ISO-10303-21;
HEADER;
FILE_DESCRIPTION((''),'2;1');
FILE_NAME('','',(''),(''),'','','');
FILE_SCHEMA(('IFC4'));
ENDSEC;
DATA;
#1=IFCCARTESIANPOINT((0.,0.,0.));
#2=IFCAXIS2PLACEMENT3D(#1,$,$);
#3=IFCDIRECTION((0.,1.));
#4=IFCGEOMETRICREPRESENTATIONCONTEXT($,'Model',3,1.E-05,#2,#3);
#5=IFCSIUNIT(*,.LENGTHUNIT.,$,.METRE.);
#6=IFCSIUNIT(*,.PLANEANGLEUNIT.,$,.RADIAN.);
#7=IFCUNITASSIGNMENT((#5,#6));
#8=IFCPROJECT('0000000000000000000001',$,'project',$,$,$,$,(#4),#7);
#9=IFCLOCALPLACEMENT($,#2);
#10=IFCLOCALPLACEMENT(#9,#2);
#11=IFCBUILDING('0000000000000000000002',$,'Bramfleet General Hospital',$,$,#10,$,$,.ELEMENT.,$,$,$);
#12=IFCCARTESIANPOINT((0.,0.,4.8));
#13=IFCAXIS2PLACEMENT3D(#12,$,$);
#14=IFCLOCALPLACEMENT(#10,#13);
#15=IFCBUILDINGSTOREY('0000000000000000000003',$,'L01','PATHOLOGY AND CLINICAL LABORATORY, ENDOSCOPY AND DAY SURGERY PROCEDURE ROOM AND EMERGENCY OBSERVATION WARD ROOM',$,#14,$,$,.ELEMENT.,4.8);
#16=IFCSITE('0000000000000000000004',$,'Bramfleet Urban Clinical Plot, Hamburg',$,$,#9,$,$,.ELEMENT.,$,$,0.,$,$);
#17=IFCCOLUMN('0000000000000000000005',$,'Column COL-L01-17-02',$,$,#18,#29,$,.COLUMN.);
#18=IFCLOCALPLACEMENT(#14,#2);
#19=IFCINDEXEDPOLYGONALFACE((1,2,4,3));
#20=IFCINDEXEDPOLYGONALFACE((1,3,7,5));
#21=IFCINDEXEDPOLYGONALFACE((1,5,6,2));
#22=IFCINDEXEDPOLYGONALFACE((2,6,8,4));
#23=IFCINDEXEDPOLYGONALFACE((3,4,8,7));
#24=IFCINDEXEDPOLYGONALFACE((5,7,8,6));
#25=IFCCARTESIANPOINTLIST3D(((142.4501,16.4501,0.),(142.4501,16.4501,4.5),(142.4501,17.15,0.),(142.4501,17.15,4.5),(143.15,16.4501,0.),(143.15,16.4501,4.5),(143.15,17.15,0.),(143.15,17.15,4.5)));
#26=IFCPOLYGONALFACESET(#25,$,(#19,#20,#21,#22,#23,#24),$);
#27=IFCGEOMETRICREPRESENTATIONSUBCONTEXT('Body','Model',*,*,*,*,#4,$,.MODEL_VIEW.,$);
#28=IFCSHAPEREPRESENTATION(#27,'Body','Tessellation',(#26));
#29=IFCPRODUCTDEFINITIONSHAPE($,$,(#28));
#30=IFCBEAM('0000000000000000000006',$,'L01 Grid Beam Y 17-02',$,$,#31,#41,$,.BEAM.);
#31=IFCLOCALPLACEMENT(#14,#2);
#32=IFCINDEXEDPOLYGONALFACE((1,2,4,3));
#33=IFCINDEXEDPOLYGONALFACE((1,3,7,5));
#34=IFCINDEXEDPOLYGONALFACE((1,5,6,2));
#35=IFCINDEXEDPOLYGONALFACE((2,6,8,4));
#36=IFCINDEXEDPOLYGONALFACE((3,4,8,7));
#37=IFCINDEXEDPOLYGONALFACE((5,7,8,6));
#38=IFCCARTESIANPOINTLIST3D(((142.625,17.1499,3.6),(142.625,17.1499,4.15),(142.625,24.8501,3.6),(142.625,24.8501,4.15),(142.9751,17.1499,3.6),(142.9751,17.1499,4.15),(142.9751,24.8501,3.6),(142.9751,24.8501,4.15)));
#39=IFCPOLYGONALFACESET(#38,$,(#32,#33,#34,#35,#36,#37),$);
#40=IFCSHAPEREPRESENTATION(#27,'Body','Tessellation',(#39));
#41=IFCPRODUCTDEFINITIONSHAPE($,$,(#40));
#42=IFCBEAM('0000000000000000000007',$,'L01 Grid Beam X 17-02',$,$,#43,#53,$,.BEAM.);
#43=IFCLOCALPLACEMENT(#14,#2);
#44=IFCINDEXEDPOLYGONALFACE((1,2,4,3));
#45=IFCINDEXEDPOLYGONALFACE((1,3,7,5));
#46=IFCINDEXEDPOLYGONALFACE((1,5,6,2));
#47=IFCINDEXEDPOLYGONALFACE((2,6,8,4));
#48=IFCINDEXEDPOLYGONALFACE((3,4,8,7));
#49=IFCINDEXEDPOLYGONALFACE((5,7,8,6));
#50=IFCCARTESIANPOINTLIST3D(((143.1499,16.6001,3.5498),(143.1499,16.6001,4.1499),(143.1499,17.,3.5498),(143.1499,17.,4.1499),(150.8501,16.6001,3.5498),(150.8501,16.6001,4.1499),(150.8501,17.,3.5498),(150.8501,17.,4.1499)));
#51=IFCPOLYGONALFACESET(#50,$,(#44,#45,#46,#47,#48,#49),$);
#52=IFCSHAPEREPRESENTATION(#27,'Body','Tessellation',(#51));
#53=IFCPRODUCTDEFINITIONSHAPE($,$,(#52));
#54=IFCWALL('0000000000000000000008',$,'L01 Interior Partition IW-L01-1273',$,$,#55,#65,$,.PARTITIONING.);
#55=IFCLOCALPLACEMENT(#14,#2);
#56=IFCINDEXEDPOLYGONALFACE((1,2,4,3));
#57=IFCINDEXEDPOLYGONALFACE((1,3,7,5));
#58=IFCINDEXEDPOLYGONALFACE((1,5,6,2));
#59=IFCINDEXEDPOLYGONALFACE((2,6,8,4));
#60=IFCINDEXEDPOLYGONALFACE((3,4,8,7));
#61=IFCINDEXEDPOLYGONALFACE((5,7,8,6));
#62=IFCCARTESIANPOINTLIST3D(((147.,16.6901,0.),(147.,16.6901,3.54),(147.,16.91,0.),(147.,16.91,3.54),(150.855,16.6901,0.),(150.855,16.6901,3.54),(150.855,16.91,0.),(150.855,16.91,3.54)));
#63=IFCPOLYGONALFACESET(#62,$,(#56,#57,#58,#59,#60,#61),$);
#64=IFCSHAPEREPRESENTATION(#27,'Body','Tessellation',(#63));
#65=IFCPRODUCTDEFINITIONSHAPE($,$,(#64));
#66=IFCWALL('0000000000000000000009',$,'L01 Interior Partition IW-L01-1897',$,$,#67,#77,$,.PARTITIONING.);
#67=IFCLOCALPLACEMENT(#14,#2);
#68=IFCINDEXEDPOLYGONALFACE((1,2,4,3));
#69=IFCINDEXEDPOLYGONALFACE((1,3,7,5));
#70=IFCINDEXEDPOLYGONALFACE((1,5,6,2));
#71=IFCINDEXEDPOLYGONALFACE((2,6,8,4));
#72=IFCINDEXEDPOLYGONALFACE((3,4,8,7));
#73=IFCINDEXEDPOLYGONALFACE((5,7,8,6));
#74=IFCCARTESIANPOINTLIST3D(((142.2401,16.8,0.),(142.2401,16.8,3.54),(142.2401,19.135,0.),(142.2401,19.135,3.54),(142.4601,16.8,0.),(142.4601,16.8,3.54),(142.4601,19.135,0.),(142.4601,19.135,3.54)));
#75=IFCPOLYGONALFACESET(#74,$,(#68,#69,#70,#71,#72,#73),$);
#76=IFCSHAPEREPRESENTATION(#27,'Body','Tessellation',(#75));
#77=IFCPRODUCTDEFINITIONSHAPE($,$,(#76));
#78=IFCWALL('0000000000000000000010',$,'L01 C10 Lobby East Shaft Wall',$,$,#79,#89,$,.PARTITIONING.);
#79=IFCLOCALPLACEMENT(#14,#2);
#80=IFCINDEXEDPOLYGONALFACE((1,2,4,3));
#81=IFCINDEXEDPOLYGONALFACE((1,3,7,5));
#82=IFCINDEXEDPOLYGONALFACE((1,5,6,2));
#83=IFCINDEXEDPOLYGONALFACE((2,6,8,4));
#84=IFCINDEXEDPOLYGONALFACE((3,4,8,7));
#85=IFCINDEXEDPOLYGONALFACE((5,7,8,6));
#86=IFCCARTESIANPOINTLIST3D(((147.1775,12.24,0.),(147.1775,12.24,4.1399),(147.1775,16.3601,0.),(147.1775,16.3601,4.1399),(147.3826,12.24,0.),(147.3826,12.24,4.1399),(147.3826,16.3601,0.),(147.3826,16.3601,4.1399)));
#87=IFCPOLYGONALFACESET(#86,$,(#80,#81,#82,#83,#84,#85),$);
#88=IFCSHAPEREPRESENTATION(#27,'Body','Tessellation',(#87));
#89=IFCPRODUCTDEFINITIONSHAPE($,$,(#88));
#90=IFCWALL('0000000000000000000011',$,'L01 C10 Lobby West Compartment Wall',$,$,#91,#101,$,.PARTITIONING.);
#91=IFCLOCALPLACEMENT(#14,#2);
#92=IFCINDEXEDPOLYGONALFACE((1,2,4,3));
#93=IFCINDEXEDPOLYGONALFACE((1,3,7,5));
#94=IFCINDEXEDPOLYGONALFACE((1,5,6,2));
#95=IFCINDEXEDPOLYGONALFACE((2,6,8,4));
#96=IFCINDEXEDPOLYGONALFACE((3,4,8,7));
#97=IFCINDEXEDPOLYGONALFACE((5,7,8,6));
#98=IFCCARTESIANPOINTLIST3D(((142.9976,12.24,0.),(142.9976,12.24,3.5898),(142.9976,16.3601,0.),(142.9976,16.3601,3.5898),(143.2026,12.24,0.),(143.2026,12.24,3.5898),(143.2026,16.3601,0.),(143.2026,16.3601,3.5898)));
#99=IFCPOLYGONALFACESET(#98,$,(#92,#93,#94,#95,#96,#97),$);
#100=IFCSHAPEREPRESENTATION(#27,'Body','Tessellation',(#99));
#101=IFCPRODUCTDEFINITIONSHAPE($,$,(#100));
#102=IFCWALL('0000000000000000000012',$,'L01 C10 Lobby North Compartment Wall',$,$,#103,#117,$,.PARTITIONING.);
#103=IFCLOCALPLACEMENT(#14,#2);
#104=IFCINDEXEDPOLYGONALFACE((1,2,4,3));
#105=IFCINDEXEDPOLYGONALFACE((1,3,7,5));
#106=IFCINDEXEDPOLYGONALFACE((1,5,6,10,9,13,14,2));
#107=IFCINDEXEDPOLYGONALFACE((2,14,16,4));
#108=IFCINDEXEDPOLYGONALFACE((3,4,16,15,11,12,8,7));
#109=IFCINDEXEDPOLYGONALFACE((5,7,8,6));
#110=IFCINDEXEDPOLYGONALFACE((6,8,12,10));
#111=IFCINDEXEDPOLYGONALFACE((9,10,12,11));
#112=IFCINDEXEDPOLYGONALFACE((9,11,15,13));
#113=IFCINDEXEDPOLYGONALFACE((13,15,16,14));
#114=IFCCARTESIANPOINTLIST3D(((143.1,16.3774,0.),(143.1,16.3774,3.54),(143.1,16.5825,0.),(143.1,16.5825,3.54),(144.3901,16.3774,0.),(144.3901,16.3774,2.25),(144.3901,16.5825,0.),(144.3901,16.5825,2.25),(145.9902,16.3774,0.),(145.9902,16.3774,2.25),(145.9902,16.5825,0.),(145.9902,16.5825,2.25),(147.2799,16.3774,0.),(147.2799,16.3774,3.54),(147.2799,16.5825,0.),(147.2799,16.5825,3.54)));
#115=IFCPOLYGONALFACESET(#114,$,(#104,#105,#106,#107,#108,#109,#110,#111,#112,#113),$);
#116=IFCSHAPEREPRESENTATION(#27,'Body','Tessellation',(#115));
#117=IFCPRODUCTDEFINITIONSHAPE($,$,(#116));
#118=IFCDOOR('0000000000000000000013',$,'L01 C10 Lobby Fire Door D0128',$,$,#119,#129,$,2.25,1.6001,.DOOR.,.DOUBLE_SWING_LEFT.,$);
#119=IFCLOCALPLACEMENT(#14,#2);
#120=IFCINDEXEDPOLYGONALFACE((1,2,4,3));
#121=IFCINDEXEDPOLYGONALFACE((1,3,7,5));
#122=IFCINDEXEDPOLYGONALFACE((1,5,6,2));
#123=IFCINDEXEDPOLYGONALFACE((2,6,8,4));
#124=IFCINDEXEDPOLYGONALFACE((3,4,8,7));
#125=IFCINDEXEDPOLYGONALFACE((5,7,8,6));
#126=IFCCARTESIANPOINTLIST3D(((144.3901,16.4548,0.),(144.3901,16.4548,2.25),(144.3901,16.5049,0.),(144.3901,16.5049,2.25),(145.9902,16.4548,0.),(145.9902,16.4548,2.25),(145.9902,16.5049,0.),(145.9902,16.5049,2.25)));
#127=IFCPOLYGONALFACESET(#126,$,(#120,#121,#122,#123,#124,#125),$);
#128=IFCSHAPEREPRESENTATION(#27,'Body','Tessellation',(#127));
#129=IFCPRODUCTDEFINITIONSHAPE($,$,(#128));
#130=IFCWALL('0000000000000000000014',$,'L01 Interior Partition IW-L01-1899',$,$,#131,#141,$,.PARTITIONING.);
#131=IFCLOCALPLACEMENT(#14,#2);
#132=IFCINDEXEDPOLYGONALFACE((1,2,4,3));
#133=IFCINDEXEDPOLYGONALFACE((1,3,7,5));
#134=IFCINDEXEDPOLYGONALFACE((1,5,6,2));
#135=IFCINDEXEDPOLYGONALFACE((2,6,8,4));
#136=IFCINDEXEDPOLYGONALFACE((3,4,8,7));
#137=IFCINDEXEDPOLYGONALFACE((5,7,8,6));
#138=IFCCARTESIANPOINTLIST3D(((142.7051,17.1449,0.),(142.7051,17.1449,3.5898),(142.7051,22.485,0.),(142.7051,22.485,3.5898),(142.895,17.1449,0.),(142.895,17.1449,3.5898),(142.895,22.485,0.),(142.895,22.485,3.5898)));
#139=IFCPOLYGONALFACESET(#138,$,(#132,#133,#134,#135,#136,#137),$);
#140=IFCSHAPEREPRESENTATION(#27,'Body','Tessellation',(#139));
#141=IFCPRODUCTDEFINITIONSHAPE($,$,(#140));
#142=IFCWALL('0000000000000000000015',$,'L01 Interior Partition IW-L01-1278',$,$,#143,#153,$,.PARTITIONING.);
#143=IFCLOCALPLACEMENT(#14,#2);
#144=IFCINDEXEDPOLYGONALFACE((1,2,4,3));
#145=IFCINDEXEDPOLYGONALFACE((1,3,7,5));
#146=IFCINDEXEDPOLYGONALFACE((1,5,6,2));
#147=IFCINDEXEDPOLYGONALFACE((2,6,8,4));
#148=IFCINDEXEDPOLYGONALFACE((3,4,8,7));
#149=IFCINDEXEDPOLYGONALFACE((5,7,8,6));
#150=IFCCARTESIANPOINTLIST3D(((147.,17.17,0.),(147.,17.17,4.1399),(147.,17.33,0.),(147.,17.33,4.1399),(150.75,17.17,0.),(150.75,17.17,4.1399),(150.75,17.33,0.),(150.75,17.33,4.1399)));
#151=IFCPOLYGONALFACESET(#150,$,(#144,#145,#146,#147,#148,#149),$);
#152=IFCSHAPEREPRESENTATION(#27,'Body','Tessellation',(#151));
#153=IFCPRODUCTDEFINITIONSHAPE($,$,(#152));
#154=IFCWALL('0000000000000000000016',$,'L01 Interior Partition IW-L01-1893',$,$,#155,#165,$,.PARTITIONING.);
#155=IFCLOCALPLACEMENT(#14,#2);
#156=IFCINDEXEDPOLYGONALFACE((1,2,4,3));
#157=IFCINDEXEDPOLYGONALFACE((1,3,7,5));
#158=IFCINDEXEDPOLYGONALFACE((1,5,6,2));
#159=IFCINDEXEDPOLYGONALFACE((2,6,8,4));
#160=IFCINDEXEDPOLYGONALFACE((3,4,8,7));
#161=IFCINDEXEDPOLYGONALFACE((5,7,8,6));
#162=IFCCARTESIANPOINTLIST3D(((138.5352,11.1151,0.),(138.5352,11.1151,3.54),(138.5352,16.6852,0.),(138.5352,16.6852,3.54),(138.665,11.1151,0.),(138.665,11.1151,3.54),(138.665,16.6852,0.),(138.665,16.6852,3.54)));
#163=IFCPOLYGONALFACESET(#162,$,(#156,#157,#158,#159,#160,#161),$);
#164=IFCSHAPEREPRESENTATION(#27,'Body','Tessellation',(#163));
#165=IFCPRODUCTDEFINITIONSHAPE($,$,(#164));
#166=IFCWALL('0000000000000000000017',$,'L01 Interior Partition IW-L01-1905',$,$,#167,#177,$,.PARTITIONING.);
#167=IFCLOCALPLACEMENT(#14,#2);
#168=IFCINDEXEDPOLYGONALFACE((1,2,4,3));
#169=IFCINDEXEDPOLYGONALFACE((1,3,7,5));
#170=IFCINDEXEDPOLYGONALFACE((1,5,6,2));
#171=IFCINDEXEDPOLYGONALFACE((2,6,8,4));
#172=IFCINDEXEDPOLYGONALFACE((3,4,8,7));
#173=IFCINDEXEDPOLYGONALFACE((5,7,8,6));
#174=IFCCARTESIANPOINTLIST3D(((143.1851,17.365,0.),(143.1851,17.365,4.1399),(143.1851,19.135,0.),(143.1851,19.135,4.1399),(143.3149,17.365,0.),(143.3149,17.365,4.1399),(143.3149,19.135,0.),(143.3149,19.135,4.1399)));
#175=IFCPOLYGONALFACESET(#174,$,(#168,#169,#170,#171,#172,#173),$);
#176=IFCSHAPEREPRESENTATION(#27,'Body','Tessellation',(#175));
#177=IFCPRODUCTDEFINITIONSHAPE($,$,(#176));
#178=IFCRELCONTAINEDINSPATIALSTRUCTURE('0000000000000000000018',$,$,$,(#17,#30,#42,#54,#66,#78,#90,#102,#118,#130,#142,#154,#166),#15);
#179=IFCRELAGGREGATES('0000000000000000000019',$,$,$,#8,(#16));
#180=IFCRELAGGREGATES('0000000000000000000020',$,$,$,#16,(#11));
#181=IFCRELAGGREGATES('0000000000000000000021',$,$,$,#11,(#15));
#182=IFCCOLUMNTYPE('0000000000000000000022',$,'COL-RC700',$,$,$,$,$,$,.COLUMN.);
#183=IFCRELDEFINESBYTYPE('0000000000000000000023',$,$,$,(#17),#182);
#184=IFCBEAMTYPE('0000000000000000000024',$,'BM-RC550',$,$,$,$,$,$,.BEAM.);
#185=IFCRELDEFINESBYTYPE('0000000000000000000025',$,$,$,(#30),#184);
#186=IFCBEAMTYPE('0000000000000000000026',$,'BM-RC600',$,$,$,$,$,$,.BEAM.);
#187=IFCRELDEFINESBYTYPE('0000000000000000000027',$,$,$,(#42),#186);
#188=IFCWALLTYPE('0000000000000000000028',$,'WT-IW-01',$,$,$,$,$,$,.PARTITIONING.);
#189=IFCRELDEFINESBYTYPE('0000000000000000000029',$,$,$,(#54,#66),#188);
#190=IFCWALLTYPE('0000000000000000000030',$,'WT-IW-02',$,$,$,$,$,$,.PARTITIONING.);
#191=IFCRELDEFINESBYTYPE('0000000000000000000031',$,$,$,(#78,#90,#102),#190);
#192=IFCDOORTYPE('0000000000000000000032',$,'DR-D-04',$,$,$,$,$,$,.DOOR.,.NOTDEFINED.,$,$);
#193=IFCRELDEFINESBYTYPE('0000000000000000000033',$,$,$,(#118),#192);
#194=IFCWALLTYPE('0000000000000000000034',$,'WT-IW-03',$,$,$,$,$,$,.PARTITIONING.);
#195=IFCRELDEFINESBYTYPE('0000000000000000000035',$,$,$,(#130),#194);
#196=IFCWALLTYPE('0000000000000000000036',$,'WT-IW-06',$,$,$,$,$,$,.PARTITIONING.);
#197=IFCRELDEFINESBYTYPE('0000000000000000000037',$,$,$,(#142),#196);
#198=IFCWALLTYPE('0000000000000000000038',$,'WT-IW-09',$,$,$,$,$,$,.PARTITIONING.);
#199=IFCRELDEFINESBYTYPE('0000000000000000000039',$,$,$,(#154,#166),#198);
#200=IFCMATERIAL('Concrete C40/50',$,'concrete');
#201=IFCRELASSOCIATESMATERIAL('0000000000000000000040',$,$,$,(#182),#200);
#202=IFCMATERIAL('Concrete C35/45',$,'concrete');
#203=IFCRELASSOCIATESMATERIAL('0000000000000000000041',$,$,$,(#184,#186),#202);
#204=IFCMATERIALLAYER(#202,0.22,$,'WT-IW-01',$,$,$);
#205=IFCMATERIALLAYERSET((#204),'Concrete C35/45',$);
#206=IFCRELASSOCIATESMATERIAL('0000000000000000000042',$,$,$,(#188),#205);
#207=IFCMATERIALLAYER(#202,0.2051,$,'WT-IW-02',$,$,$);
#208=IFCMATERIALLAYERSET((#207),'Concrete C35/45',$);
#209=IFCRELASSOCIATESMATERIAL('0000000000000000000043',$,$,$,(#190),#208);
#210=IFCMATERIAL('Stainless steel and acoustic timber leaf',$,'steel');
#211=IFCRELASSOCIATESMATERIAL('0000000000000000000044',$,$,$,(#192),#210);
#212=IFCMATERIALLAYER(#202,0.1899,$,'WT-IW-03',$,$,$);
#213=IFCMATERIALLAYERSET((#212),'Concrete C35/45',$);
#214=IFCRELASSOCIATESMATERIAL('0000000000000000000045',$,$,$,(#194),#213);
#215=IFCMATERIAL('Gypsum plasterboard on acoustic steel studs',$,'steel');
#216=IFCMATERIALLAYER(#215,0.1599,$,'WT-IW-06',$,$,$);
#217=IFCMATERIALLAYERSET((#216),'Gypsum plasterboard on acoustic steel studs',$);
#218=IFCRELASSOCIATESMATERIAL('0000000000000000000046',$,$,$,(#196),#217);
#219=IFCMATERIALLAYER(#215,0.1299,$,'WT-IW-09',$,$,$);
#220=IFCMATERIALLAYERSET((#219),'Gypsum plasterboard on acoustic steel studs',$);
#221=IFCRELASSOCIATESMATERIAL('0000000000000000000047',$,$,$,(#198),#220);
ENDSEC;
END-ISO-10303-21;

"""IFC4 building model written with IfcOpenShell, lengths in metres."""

from ifc_helpers import new_model, si_unit, direction, frame, frame_2d, origin, origin_2d, place, context, subcontext, project, spatial, rectangle, extrude, material, layer, layer_set, material_profile, profile_set, type_object, element, fill, save


model = new_model("IFC4")

# Units and contexts
model_context = context("Model", 3, precision=1e-05, world=origin(), true_north=direction((0.0, 1.0)))
body_context = subcontext(model_context, "Body", "Model", "MODEL_VIEW")
ifc_project = project(units=[si_unit("LENGTHUNIT", "METRE"), si_unit("PLANEANGLEUNIT", "RADIAN")], contexts=[model_context])

# Site, building, storey
site_placement = place(None, origin())
site = spatial("IfcSite", under=ifc_project, at=site_placement, Name="Bramfleet Urban Clinical Plot, Hamburg", CompositionType="ELEMENT", RefElevation=0.0)
building_placement = place(site_placement, origin())
building = spatial("IfcBuilding", under=site, at=building_placement, Name="Bramfleet General Hospital", CompositionType="ELEMENT")
storey_placement = place(building_placement, frame((0.0, 0.0, 4.8)))
storey = spatial("IfcBuildingStorey", under=building, at=storey_placement, Name="L01", Description="PATHOLOGY AND CLINICAL LABORATORY, ENDOSCOPY AND DAY SURGERY PROCEDURE ROOM AND EMERGENCY OBSERVATION WARD ROOM", CompositionType="ELEMENT", Elevation=4.8)

# Column
ifc_material_1 = material(Name="Concrete C40/50", Category="concrete")
ifc_material_profile_1 = material_profile(ifc_material_1, rectangle(XDim=0.7, YDim=0.7, at=origin_2d()), Name="RC COL 700x700")
ifc_profile_set_1 = profile_set([ifc_material_profile_1], Name="Concrete C40/50")
column_type = type_object("IfcColumnType", Name="COL-RC700", PredefinedType="COLUMN", material=ifc_profile_set_1)
column_placement = place(storey_placement, frame((142.8, 16.8, 0.0), z_axis=(0.0, 0.0, 1.0), x_axis=(1.0, 0.0, 0.0)))
element("IfcColumn", 1, at=column_placement, inside=storey, type_object=column_type, Name="Column COL-L01-17-02", PredefinedType="COLUMN", context=body_context, shape_type="SweptSolid", body=[
    extrude(rectangle(XDim=0.7, YDim=0.7, at=origin_2d()), origin(), (0.0, 0.0, 1.0), 4.5),
])

# Beams
ifc_material_2 = material(Name="Concrete C35/45", Category="concrete")
ifc_material_profile_2 = material_profile(ifc_material_2, rectangle(XDim=0.3501, YDim=0.55, at=origin_2d()), Name="RC BM 550x350")
ifc_profile_set_2 = profile_set([ifc_material_profile_2], Name="Concrete C35/45")
beam_type_1 = type_object("IfcBeamType", Name="BM-RC550", PredefinedType="BEAM", material=ifc_profile_set_2)
beam_1_placement = place(storey_placement, frame((142.8, 17.1499, 3.875), z_axis=(0.0, 1.0, 0.0), x_axis=(-1.0, 0.0, 0.0)))
element("IfcBeam", 2, at=beam_1_placement, inside=storey, type_object=beam_type_1, Name="L01 Grid Beam Y 17-02", PredefinedType="BEAM", context=body_context, shape_type="SweptSolid", body=[
    extrude(rectangle(XDim=0.3501, YDim=0.55, at=origin_2d()), origin(), (0.0, 0.0, 1.0), 7.7002),
])
ifc_material_profile_3 = material_profile(ifc_material_2, rectangle(XDim=0.3999, YDim=0.6001, at=origin_2d()), Name="RC BM 600x400")
ifc_profile_set_3 = profile_set([ifc_material_profile_3], Name="Concrete C35/45")
beam_type_2 = type_object("IfcBeamType", Name="BM-RC600", PredefinedType="BEAM", material=ifc_profile_set_3)
beam_2_placement = place(storey_placement, frame((143.1499, 16.8, 3.8499), z_axis=(1.0, 0.0, 0.0), x_axis=(0.0, 1.0, 0.0)))
element("IfcBeam", 3, at=beam_2_placement, inside=storey, type_object=beam_type_2, Name="L01 Grid Beam X 17-02", PredefinedType="BEAM", context=body_context, shape_type="SweptSolid", body=[
    extrude(rectangle(XDim=0.3999, YDim=0.6001, at=origin_2d()), origin(), (0.0, 0.0, 1.0), 7.7002),
])

# Walls
ifc_layer_1 = layer(ifc_material_2, 0.22, Name="WT-IW-01")
ifc_layer_set_1 = layer_set([ifc_layer_1], Name="Concrete C35/45")
wall_type_1 = type_object("IfcWallType", Name="WT-IW-01", PredefinedType="PARTITIONING", material=ifc_layer_set_1)
wall_1_placement = place(storey_placement, frame((147.0, 16.8, 0.0), z_axis=(0.0, 0.0, 1.0), x_axis=(1.0, 0.0, 0.0)))
element("IfcWall", 4, at=wall_1_placement, inside=storey, type_object=wall_type_1, Name="L01 Interior Partition IW-L01-1273", PredefinedType="PARTITIONING", context=body_context, shape_type="SweptSolid", body=[
    extrude(rectangle(XDim=3.855, YDim=0.22, at=frame_2d((1.9275, 0.0))), origin(), (0.0, 0.0, 1.0), 3.54),
])
wall_2_placement = place(storey_placement, frame((142.3501, 16.8, 0.0), z_axis=(0.0, 0.0, 1.0), x_axis=(0.0, 1.0, 0.0)))
element("IfcWall", 5, at=wall_2_placement, inside=storey, type_object=wall_type_1, Name="L01 Interior Partition IW-L01-1897", PredefinedType="PARTITIONING", context=body_context, shape_type="SweptSolid", body=[
    extrude(rectangle(XDim=2.335, YDim=0.22, at=frame_2d((1.1675, 0.0))), origin(), (0.0, 0.0, 1.0), 3.54),
])
ifc_layer_2 = layer(ifc_material_2, 0.2051, Name="WT-IW-02")
ifc_layer_set_2 = layer_set([ifc_layer_2], Name="Concrete C35/45")
wall_type_2 = type_object("IfcWallType", Name="WT-IW-02", PredefinedType="PARTITIONING", material=ifc_layer_set_2)
wall_3_placement = place(storey_placement, frame((147.28, 12.24, 0.0), z_axis=(0.0, 0.0, 1.0), x_axis=(0.0, 1.0, 0.0)))
element("IfcWall", 6, at=wall_3_placement, inside=storey, type_object=wall_type_2, Name="L01 C10 Lobby East Shaft Wall", PredefinedType="PARTITIONING", context=body_context, shape_type="SweptSolid", body=[
    extrude(rectangle(XDim=4.1201, YDim=0.2051, at=frame_2d((2.0601, 0.0))), origin(), (0.0, 0.0, 1.0), 4.1399),
])
wall_4_placement = place(storey_placement, frame((143.1001, 12.24, 0.0), z_axis=(0.0, 0.0, 1.0), x_axis=(0.0, 1.0, 0.0)))
element("IfcWall", 7, at=wall_4_placement, inside=storey, type_object=wall_type_2, Name="L01 C10 Lobby West Compartment Wall", PredefinedType="PARTITIONING", context=body_context, shape_type="SweptSolid", body=[
    extrude(rectangle(XDim=4.1201, YDim=0.2051, at=frame_2d((2.0601, 0.0))), origin(), (0.0, 0.0, 1.0), 3.5898),
])

# Wall, opening, door
wall_5_placement = place(storey_placement, frame((143.1001, 16.48, 0.0), z_axis=(0.0, 0.0, 1.0), x_axis=(1.0, 0.0, 0.0)))
wall_5 = element("IfcWall", 8, at=wall_5_placement, inside=storey, type_object=wall_type_2, Name="L01 C10 Lobby North Compartment Wall", PredefinedType="PARTITIONING", context=body_context, shape_type="SweptSolid", body=[
    extrude(rectangle(XDim=4.1799, YDim=0.2051, at=frame_2d((2.0898, 0.0))), origin(), (0.0, 0.0, 1.0), 3.54),
])
opening_1_placement = place(wall_5_placement, frame((1.29, 0.0, 0.0)))
opening_1 = element("IfcOpeningElement", 9, at=opening_1_placement, cuts=wall_5, PredefinedType="OPENING", context=body_context, shape_type="SweptSolid", body=[
    extrude(rectangle(XDim=1.6001, YDim=2.25, at=frame_2d((0.8, 1.125))), frame((0.0, 0.1125, 0.0), z_axis=(0.0, -1.0, 0.0), x_axis=(1.0, 0.0, 0.0)), (0.0, 0.0, 1.0), 0.2251),
])
ifc_material_3 = material(Name="Stainless steel and acoustic timber leaf", Category="steel")
door_type_1 = type_object("IfcDoorType", Name="DR-D-04", OperationType="NOTDEFINED", PredefinedType="DOOR", material=ifc_material_3)
door_1_placement = place(opening_1_placement, origin())
door_1 = element("IfcDoor", 10, at=door_1_placement, inside=storey, type_object=door_type_1, Name="L01 C10 Lobby Fire Door D0128", OperationType="DOUBLE_SWING_LEFT", OverallHeight=2.25, OverallWidth=1.6001, PredefinedType="DOOR", context=body_context, shape_type="SweptSolid", body=[
    extrude(rectangle(XDim=1.6001, YDim=2.25, at=frame_2d((0.8, 1.125))), frame((0.0, 0.0249, 0.0), z_axis=(0.0, -1.0, 0.0), x_axis=(1.0, 0.0, 0.0)), (0.0, 0.0, 1.0), 0.05),
])
fill(opening_1, door_1)

# Walls
ifc_layer_3 = layer(ifc_material_2, 0.1899, Name="WT-IW-03")
ifc_layer_set_3 = layer_set([ifc_layer_3], Name="Concrete C35/45")
wall_type_3 = type_object("IfcWallType", Name="WT-IW-03", PredefinedType="PARTITIONING", material=ifc_layer_set_3)
wall_6_placement = place(storey_placement, frame((142.8, 17.145, 0.0), z_axis=(0.0, 0.0, 1.0), x_axis=(0.0, 1.0, 0.0)))
element("IfcWall", 11, at=wall_6_placement, inside=storey, type_object=wall_type_3, Name="L01 Interior Partition IW-L01-1899", PredefinedType="PARTITIONING", context=body_context, shape_type="SweptSolid", body=[
    extrude(rectangle(XDim=5.3401, YDim=0.1899, at=frame_2d((2.6699, 0.0))), origin(), (0.0, 0.0, 1.0), 3.5898),
])
ifc_material_4 = material(Name="Gypsum plasterboard on acoustic steel studs", Category="steel")
ifc_layer_4 = layer(ifc_material_4, 0.1599, Name="WT-IW-06")
ifc_layer_set_4 = layer_set([ifc_layer_4], Name="Gypsum plasterboard on acoustic steel studs")
wall_type_4 = type_object("IfcWallType", Name="WT-IW-06", PredefinedType="PARTITIONING", material=ifc_layer_set_4)
wall_7_placement = place(storey_placement, frame((147.0, 17.25, 0.0), z_axis=(0.0, 0.0, 1.0), x_axis=(1.0, 0.0, 0.0)))
element("IfcWall", 12, at=wall_7_placement, inside=storey, type_object=wall_type_4, Name="L01 Interior Partition IW-L01-1278", PredefinedType="PARTITIONING", context=body_context, shape_type="SweptSolid", body=[
    extrude(rectangle(XDim=3.75, YDim=0.1599, at=frame_2d((1.875, 0.0))), origin(), (0.0, 0.0, 1.0), 4.1399),
])
ifc_layer_5 = layer(ifc_material_4, 0.1299, Name="WT-IW-09")
ifc_layer_set_5 = layer_set([ifc_layer_5], Name="Gypsum plasterboard on acoustic steel studs")
wall_type_5 = type_object("IfcWallType", Name="WT-IW-09", PredefinedType="PARTITIONING", material=ifc_layer_set_5)
wall_8_placement = place(storey_placement, frame((138.6001, 11.115, 0.0), z_axis=(0.0, 0.0, 1.0), x_axis=(0.0, 1.0, 0.0)))
element("IfcWall", 13, at=wall_8_placement, inside=storey, type_object=wall_type_5, Name="L01 Interior Partition IW-L01-1893", PredefinedType="PARTITIONING", context=body_context, shape_type="SweptSolid", body=[
    extrude(rectangle(XDim=5.5701, YDim=0.1299, at=frame_2d((2.7852, 0.0))), origin(), (0.0, 0.0, 1.0), 3.54),
])
wall_9_placement = place(storey_placement, frame((143.25, 17.365, 0.0), z_axis=(0.0, 0.0, 1.0), x_axis=(0.0, 1.0, 0.0)))
element("IfcWall", 14, at=wall_9_placement, inside=storey, type_object=wall_type_5, Name="L01 Interior Partition IW-L01-1905", PredefinedType="PARTITIONING", context=body_context, shape_type="SweptSolid", body=[
    extrude(rectangle(XDim=1.77, YDim=0.1299, at=frame_2d((0.885, 0.0))), origin(), (0.0, 0.0, 1.0), 4.1399),
])

save(model, "model.ifc")
